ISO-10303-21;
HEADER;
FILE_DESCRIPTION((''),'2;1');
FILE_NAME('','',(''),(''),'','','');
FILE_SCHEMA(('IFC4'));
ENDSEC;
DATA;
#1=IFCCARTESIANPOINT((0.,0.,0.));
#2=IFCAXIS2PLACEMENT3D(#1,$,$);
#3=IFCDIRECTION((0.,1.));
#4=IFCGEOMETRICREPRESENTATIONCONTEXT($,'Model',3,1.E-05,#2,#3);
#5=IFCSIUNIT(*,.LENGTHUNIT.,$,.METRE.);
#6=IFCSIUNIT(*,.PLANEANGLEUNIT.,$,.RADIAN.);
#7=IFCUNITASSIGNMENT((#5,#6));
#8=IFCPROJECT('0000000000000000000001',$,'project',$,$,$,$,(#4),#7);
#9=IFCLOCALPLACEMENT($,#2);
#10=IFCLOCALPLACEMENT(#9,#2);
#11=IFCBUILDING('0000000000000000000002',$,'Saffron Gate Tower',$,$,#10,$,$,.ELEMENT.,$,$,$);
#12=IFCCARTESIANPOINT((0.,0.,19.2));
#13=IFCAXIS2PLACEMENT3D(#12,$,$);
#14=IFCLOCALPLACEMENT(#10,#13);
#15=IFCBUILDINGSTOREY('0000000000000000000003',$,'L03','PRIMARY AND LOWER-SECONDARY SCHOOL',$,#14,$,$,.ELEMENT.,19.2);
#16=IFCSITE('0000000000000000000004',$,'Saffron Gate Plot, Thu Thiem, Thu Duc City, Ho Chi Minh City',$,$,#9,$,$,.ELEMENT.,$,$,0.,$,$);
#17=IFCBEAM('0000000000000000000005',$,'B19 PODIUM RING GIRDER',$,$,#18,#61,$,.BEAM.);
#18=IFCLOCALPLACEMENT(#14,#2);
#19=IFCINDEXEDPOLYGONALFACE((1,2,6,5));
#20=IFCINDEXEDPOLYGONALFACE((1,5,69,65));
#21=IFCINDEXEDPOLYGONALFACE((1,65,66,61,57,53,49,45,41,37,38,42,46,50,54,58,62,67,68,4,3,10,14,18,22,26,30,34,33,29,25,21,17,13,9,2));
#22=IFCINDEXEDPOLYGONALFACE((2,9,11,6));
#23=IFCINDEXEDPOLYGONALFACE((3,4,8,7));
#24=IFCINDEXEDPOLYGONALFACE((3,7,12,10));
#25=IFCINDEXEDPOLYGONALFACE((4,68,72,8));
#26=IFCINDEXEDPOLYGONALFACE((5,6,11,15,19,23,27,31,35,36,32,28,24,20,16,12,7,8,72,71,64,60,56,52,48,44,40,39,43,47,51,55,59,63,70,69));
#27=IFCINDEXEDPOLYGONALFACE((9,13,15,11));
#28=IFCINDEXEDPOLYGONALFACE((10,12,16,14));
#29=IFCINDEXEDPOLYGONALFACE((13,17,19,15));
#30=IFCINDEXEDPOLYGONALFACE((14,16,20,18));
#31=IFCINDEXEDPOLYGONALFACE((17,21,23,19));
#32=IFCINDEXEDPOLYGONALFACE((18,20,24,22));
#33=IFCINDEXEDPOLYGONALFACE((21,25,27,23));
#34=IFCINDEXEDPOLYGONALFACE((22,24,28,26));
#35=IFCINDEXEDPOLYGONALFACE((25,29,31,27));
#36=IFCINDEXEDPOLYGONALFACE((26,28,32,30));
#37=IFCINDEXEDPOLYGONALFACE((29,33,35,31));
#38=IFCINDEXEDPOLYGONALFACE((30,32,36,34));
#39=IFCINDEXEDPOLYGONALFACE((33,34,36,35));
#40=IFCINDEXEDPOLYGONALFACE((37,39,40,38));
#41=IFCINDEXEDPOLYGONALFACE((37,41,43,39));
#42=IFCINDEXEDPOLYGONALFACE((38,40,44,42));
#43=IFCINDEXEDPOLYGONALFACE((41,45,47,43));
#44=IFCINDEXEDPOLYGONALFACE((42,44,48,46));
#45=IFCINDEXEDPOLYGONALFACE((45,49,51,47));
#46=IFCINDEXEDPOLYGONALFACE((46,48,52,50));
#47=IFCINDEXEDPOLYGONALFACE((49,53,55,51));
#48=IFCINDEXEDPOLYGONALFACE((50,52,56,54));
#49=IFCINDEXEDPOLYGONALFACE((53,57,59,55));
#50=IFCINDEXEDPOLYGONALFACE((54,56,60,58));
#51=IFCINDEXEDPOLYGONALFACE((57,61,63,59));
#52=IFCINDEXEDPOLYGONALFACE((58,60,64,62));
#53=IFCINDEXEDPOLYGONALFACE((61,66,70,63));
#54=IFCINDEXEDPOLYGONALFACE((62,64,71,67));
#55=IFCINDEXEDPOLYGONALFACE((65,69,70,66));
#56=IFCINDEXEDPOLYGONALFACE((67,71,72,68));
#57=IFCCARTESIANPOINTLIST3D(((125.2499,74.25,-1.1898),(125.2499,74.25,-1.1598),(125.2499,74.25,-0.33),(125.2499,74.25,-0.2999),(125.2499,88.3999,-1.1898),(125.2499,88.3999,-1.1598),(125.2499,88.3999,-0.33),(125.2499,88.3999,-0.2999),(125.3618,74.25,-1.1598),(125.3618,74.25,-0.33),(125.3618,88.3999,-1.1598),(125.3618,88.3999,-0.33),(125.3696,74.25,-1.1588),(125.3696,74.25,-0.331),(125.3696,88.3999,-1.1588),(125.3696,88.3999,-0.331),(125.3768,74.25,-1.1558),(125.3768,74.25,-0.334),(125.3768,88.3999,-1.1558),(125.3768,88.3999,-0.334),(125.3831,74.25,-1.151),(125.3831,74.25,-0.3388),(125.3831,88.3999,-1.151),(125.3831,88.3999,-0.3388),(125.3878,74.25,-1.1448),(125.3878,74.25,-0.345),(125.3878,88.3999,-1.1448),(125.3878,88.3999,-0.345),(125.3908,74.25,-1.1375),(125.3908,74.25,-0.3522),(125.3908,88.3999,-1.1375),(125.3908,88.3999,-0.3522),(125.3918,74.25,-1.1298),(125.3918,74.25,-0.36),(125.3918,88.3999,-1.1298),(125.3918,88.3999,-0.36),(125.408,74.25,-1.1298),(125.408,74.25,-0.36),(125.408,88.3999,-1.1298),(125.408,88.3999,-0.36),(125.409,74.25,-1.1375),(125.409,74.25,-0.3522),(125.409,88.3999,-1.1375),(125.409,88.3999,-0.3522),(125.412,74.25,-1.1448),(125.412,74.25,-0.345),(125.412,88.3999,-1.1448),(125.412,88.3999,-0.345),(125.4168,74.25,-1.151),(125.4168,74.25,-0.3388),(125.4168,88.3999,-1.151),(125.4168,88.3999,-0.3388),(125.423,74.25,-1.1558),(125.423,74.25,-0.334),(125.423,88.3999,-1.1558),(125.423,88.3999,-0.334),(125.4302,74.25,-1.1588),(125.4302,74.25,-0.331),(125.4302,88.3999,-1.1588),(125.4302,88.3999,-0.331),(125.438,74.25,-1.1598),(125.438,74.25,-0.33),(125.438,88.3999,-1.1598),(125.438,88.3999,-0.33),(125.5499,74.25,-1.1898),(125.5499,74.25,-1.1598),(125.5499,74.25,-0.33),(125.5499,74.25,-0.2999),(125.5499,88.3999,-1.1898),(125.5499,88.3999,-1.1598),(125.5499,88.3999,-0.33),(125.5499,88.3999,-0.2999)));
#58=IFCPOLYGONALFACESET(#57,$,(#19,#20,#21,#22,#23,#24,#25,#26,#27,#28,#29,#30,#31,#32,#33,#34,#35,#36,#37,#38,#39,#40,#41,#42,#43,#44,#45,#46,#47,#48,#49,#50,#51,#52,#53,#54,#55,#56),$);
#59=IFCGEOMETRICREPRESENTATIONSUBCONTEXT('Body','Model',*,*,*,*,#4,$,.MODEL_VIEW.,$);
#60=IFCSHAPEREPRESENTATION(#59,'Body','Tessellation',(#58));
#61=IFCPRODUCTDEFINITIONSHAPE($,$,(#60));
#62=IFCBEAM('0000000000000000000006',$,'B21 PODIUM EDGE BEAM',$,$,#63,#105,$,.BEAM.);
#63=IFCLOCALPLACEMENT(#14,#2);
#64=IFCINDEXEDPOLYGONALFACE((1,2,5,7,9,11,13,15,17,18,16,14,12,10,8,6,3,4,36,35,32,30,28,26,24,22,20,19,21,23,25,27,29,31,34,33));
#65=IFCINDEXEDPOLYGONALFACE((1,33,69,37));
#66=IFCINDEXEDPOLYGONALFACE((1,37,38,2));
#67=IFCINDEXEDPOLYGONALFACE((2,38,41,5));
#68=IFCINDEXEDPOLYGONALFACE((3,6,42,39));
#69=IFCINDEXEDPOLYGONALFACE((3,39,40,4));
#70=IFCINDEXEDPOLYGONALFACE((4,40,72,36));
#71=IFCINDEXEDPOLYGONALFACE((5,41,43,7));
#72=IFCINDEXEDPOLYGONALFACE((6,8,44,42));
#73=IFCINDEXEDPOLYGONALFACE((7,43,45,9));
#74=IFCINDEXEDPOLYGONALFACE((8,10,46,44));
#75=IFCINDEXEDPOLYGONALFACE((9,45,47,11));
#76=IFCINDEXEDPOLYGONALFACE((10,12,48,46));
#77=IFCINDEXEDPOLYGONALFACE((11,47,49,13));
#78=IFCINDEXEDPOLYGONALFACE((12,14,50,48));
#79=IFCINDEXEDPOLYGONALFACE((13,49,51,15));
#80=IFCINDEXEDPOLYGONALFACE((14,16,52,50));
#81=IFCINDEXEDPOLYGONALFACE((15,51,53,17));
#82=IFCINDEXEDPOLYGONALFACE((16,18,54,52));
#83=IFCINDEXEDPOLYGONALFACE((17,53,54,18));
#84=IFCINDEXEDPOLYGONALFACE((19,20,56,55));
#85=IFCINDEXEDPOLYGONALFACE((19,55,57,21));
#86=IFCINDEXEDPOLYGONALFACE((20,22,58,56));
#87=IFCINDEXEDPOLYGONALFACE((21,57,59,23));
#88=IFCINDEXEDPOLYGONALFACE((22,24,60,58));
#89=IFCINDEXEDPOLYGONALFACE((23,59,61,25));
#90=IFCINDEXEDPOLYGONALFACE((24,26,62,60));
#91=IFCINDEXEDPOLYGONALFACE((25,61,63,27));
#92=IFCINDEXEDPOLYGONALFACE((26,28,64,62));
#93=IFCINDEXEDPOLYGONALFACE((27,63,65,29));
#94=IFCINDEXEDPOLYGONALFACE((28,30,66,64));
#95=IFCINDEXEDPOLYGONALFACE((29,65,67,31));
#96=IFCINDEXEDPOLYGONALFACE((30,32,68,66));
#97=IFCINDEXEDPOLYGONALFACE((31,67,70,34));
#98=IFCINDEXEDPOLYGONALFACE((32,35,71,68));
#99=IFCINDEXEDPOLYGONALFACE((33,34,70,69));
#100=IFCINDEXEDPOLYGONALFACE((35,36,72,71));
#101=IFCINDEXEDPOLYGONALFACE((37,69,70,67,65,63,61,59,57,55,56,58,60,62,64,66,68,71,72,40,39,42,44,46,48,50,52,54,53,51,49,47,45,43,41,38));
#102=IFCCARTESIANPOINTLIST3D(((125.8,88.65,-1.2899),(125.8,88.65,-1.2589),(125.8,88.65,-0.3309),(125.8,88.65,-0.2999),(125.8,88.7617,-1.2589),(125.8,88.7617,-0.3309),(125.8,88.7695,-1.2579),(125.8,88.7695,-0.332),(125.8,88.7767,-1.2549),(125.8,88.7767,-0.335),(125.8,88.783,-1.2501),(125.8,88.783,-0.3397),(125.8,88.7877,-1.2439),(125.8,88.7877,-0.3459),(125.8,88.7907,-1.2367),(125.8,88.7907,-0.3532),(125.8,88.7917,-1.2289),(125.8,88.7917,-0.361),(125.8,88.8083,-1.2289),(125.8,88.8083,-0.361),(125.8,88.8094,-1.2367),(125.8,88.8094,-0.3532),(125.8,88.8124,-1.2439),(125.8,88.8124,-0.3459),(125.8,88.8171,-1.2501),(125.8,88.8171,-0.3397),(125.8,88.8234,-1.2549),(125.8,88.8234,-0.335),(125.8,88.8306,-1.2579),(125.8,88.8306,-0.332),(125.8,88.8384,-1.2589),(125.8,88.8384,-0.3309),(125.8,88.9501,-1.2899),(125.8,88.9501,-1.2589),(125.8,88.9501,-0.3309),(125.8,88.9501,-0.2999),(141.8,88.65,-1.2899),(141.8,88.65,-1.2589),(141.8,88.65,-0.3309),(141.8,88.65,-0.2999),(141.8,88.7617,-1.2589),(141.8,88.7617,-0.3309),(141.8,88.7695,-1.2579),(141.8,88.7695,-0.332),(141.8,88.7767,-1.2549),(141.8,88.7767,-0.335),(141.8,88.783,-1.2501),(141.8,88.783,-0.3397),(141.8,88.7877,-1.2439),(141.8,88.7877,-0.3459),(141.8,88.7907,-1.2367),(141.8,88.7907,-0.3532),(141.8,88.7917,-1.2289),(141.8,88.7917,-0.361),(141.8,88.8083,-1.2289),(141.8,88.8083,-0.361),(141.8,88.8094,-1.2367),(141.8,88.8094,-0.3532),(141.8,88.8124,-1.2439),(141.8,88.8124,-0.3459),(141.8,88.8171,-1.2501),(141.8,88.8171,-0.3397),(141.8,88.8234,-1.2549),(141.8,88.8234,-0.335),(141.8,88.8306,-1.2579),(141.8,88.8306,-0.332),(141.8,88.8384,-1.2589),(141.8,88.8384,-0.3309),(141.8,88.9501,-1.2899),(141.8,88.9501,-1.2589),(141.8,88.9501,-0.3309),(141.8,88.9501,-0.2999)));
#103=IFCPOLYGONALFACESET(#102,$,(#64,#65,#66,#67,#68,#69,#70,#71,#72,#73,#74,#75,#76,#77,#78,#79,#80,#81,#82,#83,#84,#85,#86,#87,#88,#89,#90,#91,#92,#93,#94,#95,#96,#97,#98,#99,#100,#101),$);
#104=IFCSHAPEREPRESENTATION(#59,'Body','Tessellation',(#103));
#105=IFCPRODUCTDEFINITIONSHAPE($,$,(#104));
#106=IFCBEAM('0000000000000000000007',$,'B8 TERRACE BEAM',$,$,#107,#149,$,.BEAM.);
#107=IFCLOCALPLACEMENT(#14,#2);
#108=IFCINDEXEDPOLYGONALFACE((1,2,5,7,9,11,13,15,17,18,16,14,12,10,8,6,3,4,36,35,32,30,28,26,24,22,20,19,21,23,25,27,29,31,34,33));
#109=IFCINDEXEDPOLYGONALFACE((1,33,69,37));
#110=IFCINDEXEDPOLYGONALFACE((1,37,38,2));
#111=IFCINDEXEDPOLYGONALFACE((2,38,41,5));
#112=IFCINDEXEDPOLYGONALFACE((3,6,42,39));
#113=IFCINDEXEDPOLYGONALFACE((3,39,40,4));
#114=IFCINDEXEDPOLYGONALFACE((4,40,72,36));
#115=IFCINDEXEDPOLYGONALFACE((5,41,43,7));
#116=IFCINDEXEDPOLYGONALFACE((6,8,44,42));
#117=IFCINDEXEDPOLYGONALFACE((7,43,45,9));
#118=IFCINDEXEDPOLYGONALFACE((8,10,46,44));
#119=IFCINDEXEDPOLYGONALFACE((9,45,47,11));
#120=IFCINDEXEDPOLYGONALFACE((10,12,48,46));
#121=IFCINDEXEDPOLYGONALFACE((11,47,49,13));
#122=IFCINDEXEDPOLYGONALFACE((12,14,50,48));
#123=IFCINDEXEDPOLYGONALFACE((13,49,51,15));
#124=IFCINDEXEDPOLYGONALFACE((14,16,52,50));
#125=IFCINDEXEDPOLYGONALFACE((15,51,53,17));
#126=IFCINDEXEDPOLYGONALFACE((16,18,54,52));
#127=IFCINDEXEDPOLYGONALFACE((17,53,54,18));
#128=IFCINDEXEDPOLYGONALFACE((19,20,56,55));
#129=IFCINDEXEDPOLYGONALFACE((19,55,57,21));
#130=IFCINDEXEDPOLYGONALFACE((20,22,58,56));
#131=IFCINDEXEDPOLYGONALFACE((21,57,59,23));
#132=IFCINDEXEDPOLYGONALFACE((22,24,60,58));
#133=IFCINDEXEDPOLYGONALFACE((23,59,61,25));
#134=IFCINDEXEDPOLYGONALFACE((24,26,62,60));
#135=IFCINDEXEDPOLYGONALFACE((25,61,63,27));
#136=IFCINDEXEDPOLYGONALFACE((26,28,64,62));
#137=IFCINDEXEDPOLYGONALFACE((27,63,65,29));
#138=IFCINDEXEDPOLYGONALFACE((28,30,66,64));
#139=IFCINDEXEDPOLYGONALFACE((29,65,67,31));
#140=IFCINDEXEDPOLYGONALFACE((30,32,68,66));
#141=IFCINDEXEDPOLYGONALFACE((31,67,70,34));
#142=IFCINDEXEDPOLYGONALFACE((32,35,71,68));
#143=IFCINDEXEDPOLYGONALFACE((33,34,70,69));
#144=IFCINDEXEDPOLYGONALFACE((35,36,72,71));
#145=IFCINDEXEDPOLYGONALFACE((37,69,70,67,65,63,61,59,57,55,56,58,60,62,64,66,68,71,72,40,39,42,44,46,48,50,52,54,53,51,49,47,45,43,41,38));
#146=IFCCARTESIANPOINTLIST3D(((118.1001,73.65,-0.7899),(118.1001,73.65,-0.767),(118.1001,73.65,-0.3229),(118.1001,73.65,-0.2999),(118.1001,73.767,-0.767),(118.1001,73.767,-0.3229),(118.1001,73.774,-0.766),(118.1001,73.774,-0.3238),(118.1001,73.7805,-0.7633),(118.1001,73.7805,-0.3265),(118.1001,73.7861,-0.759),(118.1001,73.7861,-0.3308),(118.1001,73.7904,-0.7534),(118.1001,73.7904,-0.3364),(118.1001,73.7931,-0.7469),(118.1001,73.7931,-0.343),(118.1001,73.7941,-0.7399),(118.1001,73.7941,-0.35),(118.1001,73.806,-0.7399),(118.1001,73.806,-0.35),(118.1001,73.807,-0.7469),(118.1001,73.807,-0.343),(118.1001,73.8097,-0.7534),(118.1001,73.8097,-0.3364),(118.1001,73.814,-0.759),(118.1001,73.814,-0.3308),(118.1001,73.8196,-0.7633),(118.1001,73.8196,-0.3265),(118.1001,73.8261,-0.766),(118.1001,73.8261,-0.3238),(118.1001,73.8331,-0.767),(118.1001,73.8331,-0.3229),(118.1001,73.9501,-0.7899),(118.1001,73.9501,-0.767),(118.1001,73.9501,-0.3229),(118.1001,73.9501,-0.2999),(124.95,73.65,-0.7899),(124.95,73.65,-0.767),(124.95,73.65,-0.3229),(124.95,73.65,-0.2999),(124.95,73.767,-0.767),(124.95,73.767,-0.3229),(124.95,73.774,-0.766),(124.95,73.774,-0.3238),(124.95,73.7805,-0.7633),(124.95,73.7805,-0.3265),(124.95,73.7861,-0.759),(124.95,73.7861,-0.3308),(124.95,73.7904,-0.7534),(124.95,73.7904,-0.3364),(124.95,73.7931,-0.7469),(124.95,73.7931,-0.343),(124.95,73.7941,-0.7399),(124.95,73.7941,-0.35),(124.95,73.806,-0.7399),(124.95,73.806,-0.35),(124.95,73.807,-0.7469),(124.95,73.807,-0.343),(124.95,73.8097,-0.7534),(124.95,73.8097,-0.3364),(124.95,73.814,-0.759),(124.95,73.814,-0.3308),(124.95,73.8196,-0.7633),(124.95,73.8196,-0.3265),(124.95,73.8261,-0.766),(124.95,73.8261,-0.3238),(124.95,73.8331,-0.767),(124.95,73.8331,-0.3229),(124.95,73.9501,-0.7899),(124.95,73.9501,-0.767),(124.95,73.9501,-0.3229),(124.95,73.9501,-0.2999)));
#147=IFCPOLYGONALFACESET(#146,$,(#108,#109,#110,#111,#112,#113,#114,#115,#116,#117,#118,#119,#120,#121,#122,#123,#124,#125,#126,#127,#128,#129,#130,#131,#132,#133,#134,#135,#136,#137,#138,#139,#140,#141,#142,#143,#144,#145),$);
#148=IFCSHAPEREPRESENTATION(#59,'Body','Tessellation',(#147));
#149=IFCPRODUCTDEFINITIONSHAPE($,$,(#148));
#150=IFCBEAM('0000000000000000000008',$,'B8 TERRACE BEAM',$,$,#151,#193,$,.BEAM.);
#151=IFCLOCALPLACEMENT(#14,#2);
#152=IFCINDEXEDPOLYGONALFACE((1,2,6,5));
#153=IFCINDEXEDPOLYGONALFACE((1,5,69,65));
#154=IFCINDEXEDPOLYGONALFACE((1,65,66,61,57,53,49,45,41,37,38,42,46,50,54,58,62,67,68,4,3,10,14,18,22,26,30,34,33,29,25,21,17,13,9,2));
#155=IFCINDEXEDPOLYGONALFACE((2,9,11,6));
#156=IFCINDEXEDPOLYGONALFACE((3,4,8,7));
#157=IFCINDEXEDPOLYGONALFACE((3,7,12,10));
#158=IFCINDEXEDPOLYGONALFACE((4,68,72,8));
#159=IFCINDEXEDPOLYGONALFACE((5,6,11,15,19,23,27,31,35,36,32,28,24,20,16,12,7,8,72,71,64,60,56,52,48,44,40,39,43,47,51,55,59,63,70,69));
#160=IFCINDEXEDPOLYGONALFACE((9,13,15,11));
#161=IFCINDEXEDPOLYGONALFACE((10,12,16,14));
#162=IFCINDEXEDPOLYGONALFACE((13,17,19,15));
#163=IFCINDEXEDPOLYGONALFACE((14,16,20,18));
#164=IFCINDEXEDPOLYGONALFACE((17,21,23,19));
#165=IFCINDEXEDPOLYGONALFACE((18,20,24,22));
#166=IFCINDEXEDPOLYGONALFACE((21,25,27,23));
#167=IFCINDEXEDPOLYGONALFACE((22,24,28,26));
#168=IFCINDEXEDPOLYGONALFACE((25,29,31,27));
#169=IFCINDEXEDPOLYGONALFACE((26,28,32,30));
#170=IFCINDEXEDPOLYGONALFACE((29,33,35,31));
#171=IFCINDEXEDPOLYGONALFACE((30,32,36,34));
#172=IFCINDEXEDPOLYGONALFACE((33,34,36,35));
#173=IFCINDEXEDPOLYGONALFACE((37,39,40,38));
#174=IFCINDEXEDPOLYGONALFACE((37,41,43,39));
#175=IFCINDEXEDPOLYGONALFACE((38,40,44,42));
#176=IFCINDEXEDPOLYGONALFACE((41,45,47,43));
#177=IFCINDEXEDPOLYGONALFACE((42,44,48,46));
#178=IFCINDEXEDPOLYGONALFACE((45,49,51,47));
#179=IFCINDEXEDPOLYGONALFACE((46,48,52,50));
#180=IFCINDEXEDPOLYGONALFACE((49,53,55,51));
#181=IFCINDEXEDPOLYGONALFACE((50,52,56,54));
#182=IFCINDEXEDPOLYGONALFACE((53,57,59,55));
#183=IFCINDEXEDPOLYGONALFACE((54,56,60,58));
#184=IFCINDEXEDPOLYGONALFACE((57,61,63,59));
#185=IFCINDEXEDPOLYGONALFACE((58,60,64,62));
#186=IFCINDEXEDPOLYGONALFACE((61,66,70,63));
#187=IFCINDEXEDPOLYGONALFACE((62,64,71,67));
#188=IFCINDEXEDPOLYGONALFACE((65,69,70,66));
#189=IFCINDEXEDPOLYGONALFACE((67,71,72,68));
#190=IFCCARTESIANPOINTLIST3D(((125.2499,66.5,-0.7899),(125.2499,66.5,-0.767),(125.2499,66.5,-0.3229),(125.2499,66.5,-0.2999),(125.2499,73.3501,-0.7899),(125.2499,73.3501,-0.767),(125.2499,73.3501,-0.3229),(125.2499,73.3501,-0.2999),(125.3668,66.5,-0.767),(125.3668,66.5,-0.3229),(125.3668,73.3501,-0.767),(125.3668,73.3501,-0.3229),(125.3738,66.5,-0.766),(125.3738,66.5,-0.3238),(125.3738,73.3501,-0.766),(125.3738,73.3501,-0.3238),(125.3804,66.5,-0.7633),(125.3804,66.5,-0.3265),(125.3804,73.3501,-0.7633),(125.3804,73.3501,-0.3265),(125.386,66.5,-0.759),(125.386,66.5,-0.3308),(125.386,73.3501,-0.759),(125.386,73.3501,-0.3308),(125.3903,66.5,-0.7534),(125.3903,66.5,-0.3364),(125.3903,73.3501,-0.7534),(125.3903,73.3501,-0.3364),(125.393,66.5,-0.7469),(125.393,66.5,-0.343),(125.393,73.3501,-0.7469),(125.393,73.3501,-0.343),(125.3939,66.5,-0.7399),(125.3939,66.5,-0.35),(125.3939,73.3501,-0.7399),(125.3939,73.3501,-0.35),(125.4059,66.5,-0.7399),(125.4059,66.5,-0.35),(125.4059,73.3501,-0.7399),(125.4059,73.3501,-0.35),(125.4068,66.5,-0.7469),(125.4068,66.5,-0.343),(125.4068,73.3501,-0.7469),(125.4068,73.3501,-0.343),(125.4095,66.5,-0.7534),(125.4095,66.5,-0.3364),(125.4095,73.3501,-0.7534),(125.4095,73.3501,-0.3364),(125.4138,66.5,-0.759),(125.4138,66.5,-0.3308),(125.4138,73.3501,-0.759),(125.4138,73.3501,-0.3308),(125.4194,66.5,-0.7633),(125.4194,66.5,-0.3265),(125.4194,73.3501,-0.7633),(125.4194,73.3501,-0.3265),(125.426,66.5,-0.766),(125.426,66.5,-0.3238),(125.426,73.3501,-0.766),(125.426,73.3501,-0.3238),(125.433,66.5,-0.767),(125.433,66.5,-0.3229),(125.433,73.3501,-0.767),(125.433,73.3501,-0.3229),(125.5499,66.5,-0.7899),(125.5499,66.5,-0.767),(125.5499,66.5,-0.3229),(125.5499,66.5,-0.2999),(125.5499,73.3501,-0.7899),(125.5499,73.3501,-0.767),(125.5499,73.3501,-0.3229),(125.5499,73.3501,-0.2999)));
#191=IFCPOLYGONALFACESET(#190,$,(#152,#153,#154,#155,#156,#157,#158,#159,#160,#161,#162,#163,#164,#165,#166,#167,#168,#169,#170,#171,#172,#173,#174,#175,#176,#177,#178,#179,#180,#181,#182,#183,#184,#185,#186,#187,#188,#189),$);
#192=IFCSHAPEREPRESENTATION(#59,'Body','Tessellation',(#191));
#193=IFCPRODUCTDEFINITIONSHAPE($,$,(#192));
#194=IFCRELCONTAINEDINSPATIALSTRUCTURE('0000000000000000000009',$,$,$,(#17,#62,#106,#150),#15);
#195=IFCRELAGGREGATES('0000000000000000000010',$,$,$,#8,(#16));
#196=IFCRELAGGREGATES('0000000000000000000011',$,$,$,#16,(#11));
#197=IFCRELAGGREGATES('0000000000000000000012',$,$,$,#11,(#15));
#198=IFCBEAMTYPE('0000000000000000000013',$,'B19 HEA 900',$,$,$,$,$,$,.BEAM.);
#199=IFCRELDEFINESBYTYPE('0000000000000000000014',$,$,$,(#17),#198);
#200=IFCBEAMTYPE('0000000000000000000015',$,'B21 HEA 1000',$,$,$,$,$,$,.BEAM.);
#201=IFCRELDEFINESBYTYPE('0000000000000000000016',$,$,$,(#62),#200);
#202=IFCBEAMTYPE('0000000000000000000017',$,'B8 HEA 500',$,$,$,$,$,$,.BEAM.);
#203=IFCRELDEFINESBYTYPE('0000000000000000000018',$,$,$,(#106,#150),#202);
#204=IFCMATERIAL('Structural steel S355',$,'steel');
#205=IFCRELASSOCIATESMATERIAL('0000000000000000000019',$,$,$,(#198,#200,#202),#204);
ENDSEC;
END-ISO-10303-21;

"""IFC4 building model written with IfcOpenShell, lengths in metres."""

from ifc_helpers import new_model, si_unit, direction, frame, origin, origin_2d, place, context, subcontext, project, spatial, i_section, extrude, material, material_profile, profile_set, type_object, element, save


model = new_model("IFC4")

# Units and contexts
model_context = context("Model", 3, precision=1e-05, world=origin(), true_north=direction((0.0, 1.0)))
body_context = subcontext(model_context, "Body", "Model", "MODEL_VIEW")
ifc_project = project(units=[si_unit("LENGTHUNIT", "METRE"), si_unit("PLANEANGLEUNIT", "RADIAN")], contexts=[model_context])

# Site, building, storey
site_placement = place(None, origin())
site = spatial("IfcSite", under=ifc_project, at=site_placement, Name="Saffron Gate Plot, Thu Thiem, Thu Duc City, Ho Chi Minh City", CompositionType="ELEMENT", RefElevation=0.0)
building_placement = place(site_placement, origin())
building = spatial("IfcBuilding", under=site, at=building_placement, Name="Saffron Gate Tower", CompositionType="ELEMENT")
storey_placement = place(building_placement, frame((0.0, 0.0, 19.2)))
storey = spatial("IfcBuildingStorey", under=building, at=storey_placement, Name="L03", Description="PRIMARY AND LOWER-SECONDARY SCHOOL", CompositionType="ELEMENT", Elevation=19.2)

# Beams
ifc_material_1 = material(Name="Structural steel S355", Category="steel")
ifc_material_profile_1 = material_profile(ifc_material_1, i_section(OverallWidth=0.3, OverallDepth=0.8899, WebThickness=0.0161, FlangeThickness=0.03, FilletRadius=0.03, at=origin_2d()))
ifc_profile_set_1 = profile_set([ifc_material_profile_1], Name="Structural steel S355")
beam_type_1 = type_object("IfcBeamType", Name="B19 HEA 900", PredefinedType="BEAM", material=ifc_profile_set_1)
beam_1_placement = place(storey_placement, frame((125.3999, 88.3999, -0.7449), z_axis=(0.0, -1.0, 0.0), x_axis=(1.0, 0.0, 0.0)))
element("IfcBeam", 1, at=beam_1_placement, inside=storey, type_object=beam_type_1, Name="B19 PODIUM RING GIRDER", PredefinedType="BEAM", context=body_context, shape_type="SweptSolid", body=[
    extrude(i_section(OverallWidth=0.3, OverallDepth=0.8899, WebThickness=0.0161, FlangeThickness=0.03, FilletRadius=0.03, at=origin_2d()), origin(), (0.0, 0.0, 1.0), 14.1499),
])
ifc_material_profile_2 = material_profile(ifc_material_1, i_section(OverallWidth=0.3, OverallDepth=0.99, WebThickness=0.0166, FlangeThickness=0.031, FilletRadius=0.03, at=origin_2d()))
ifc_profile_set_2 = profile_set([ifc_material_profile_2], Name="Structural steel S355")
beam_type_2 = type_object("IfcBeamType", Name="B21 HEA 1000", PredefinedType="BEAM", material=ifc_profile_set_2)
beam_2_placement = place(storey_placement, frame((125.8, 88.8, -0.7949), z_axis=(1.0, 0.0, 0.0), x_axis=(0.0, 1.0, 0.0)))
element("IfcBeam", 2, at=beam_2_placement, inside=storey, type_object=beam_type_2, Name="B21 PODIUM EDGE BEAM", PredefinedType="BEAM", context=body_context, shape_type="SweptSolid", body=[
    extrude(i_section(OverallWidth=0.3, OverallDepth=0.99, WebThickness=0.0166, FlangeThickness=0.031, FilletRadius=0.03, at=origin_2d()), origin(), (0.0, 0.0, 1.0), 16.0),
])
ifc_material_profile_3 = material_profile(ifc_material_1, i_section(OverallWidth=0.3, OverallDepth=0.49, WebThickness=0.012, FlangeThickness=0.0229, FilletRadius=0.0271, at=origin_2d()))
ifc_profile_set_3 = profile_set([ifc_material_profile_3], Name="Structural steel S355")
beam_type_3 = type_object("IfcBeamType", Name="B8 HEA 500", PredefinedType="BEAM", material=ifc_profile_set_3)
beam_3_placement = place(storey_placement, frame((118.1001, 73.8, -0.5449), z_axis=(1.0, 0.0, 0.0), x_axis=(0.0, 1.0, 0.0)))
element("IfcBeam", 3, at=beam_3_placement, inside=storey, type_object=beam_type_3, Name="B8 TERRACE BEAM", PredefinedType="BEAM", context=body_context, shape_type="SweptSolid", body=[
    extrude(i_section(OverallWidth=0.3, OverallDepth=0.49, WebThickness=0.012, FlangeThickness=0.0229, FilletRadius=0.0271, at=origin_2d()), origin(), (0.0, 0.0, 1.0), 6.8499),
])
beam_4_placement = place(storey_placement, frame((125.3999, 66.5, -0.5449), z_axis=(0.0, 1.0, 0.0), x_axis=(-1.0, 0.0, 0.0)))
element("IfcBeam", 4, at=beam_4_placement, inside=storey, type_object=beam_type_3, Name="B8 TERRACE BEAM", PredefinedType="BEAM", context=body_context, shape_type="SweptSolid", body=[
    extrude(i_section(OverallWidth=0.3, OverallDepth=0.49, WebThickness=0.012, FlangeThickness=0.0229, FilletRadius=0.0271, at=origin_2d()), origin(), (0.0, 0.0, 1.0), 6.8501),
])

save(model, "model.ifc")
